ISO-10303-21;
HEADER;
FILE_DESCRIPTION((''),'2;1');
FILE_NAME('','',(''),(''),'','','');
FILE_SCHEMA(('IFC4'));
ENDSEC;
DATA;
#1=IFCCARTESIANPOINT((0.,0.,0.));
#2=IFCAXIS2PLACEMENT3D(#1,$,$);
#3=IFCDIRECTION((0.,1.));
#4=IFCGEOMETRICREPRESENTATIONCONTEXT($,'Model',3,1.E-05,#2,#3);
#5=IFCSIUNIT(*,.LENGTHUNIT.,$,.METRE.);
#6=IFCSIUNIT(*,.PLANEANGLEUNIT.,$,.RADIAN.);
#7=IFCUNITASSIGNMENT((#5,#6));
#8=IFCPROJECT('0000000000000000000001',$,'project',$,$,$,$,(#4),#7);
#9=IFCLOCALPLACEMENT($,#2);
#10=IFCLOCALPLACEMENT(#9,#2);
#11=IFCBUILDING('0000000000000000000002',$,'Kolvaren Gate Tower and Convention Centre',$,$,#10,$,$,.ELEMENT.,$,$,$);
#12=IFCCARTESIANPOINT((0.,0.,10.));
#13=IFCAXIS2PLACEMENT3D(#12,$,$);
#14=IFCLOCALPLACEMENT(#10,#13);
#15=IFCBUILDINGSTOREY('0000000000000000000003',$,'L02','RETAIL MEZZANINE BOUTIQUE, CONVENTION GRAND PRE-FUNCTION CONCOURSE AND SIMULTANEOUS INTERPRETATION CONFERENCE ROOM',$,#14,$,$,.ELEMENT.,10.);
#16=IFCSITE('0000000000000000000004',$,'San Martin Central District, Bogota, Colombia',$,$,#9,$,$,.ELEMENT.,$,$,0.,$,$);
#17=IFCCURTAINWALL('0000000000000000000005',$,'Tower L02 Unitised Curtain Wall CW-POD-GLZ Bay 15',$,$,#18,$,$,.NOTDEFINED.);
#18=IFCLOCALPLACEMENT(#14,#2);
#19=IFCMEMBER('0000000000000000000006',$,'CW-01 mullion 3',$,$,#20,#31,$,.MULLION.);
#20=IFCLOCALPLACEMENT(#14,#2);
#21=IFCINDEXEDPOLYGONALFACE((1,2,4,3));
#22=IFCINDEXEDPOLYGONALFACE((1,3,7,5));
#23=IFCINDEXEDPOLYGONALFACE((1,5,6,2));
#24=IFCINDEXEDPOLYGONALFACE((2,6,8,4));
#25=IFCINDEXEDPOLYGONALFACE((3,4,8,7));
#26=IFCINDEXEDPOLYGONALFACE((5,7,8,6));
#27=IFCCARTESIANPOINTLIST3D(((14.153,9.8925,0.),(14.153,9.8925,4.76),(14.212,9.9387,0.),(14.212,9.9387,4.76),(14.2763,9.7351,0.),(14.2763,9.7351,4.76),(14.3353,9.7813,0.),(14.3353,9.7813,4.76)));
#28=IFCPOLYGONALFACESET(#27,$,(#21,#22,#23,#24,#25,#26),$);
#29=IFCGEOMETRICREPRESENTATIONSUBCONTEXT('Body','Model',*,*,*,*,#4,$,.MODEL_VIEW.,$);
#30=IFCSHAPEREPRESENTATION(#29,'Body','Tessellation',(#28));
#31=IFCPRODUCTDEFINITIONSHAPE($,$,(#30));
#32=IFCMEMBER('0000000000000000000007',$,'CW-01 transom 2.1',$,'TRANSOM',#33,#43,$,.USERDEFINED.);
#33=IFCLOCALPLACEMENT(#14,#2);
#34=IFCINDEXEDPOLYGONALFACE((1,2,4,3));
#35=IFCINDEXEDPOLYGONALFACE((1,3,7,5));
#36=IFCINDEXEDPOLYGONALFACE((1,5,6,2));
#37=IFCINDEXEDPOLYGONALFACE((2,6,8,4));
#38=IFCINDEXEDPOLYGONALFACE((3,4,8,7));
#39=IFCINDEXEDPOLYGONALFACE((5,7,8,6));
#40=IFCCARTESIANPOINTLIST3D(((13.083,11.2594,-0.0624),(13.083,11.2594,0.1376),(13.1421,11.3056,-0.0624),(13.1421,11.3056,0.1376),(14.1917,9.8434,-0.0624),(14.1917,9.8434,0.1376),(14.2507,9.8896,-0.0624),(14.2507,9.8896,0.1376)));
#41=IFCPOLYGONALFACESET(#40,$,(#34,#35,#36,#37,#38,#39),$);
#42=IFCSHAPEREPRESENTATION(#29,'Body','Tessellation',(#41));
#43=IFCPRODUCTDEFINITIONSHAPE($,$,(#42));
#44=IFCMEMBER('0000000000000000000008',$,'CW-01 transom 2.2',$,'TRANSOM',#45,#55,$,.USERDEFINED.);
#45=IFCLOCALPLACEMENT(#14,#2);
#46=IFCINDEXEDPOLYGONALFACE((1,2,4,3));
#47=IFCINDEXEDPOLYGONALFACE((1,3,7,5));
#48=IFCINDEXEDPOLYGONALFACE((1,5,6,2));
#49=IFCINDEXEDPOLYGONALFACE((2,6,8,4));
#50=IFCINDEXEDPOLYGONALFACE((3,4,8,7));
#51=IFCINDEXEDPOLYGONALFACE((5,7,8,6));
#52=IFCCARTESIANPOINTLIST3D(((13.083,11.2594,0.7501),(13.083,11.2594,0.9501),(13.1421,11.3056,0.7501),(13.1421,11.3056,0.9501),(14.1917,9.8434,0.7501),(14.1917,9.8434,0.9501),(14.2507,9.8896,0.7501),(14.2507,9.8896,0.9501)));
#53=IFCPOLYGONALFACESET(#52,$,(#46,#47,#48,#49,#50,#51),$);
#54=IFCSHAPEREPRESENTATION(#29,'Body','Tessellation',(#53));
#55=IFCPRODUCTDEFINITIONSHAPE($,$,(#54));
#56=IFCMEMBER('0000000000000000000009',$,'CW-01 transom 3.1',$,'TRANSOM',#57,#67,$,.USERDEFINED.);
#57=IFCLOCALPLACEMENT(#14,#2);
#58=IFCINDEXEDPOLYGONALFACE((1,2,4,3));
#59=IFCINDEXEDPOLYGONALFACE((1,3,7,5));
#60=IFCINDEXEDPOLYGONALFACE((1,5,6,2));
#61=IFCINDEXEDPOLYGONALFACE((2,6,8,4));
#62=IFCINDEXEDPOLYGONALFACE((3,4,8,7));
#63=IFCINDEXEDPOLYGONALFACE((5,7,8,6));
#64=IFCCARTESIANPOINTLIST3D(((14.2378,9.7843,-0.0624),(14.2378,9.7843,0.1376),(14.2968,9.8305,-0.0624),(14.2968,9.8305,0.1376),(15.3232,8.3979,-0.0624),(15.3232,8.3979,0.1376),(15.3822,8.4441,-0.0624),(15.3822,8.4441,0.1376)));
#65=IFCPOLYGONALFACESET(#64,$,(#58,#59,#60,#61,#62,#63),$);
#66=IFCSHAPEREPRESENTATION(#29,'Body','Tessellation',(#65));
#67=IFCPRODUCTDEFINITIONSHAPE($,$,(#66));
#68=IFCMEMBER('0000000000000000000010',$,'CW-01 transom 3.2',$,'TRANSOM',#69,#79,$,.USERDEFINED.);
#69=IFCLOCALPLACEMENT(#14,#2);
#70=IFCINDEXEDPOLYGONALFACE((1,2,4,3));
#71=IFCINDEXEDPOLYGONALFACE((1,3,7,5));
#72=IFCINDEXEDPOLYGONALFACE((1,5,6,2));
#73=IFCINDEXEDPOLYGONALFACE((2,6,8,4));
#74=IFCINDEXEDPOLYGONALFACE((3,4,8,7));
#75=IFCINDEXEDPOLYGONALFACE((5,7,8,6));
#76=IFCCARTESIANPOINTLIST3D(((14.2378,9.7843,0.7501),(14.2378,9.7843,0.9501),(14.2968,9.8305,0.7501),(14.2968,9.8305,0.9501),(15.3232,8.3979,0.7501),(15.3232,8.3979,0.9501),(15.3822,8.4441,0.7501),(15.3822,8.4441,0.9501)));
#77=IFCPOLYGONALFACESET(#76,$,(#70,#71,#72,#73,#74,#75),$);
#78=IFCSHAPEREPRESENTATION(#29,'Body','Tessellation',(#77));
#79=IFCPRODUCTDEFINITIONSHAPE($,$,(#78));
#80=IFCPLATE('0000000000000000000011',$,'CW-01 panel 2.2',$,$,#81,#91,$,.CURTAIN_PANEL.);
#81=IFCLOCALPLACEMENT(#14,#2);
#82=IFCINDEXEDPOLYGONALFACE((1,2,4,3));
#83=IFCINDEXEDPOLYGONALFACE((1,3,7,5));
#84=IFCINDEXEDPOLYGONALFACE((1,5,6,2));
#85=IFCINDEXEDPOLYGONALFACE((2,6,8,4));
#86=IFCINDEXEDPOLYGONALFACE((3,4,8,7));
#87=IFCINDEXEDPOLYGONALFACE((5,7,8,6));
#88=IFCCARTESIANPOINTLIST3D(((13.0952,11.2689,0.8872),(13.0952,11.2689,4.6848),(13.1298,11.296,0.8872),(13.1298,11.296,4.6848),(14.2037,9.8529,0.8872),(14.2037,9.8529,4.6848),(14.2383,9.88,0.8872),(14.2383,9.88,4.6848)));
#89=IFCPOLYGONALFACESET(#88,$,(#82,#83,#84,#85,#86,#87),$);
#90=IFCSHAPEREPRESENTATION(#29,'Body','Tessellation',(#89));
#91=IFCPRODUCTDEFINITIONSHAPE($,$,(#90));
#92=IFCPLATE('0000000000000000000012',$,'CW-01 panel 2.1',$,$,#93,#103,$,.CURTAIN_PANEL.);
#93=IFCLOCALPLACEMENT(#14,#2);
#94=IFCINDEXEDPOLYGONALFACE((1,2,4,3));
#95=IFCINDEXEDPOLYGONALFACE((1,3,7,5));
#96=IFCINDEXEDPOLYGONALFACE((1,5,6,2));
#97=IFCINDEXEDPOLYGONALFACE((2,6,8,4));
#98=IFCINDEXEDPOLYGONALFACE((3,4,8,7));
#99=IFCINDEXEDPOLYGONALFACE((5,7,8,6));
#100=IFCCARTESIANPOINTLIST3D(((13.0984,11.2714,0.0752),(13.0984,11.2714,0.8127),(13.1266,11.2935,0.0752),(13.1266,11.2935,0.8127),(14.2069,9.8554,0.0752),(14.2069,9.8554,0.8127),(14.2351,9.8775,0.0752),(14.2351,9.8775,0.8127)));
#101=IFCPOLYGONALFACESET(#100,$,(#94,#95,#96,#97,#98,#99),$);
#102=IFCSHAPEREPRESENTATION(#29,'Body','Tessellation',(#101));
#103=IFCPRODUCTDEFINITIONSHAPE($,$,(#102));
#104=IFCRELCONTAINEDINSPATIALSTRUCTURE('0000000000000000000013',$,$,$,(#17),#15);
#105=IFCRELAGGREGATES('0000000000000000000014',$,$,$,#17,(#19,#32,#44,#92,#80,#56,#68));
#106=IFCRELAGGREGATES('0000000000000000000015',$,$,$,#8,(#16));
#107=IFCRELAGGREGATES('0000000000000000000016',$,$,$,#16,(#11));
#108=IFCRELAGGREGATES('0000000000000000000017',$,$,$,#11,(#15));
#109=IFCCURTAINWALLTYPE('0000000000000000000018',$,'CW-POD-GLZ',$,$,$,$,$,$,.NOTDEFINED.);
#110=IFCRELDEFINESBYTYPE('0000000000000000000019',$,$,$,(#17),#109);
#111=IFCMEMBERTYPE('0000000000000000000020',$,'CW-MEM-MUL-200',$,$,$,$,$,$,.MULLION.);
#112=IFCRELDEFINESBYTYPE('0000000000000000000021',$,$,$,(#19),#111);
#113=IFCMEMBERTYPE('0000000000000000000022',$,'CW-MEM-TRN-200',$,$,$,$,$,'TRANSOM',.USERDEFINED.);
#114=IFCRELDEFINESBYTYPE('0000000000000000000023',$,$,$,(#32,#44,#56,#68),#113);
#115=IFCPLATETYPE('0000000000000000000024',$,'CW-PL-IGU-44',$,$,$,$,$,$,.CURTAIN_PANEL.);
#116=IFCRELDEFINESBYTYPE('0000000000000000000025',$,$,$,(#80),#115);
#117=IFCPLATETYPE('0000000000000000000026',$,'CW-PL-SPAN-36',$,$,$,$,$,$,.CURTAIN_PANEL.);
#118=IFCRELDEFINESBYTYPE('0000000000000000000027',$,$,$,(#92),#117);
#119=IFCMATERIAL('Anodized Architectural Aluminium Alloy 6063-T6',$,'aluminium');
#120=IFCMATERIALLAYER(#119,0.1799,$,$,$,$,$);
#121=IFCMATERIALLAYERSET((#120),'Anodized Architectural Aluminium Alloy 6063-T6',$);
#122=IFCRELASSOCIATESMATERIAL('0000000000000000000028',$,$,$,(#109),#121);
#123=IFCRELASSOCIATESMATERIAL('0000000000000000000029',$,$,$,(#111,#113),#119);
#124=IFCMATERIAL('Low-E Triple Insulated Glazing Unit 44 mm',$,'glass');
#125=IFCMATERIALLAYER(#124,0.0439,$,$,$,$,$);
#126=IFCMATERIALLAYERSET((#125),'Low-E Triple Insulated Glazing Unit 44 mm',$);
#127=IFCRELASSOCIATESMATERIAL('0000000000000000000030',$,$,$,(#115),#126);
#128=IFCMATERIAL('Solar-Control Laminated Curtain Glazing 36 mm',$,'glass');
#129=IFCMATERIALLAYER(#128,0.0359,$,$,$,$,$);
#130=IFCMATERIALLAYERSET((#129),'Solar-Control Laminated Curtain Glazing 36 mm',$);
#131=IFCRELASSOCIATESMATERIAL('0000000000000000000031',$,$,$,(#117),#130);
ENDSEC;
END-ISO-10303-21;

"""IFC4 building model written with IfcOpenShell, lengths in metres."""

from ifc_helpers import new_model, si_unit, direction, frame, origin, origin_2d, place, context, subcontext, project, spatial, rectangle, extrude, material, layer, layer_set, material_profile, profile_set, type_object, element, aggregate, save


model = new_model("IFC4")

# Units and contexts
model_context = context("Model", 3, precision=1e-05, world=origin(), true_north=direction((0.0, 1.0)))
body_context = subcontext(model_context, "Body", "Model", "MODEL_VIEW")
ifc_project = project(units=[si_unit("LENGTHUNIT", "METRE"), si_unit("PLANEANGLEUNIT", "RADIAN")], contexts=[model_context])

# Site, building, storey
site_placement = place(None, origin())
site = spatial("IfcSite", under=ifc_project, at=site_placement, Name="San Martin Central District, Bogota, Colombia", CompositionType="ELEMENT", RefElevation=0.0)
building_placement = place(site_placement, origin())
building = spatial("IfcBuilding", under=site, at=building_placement, Name="Kolvaren Gate Tower and Convention Centre", CompositionType="ELEMENT")
storey_placement = place(building_placement, frame((0.0, 0.0, 10.0)))
storey = spatial("IfcBuildingStorey", under=building, at=storey_placement, Name="L02", Description="RETAIL MEZZANINE BOUTIQUE, CONVENTION GRAND PRE-FUNCTION CONCOURSE AND SIMULTANEOUS INTERPRETATION CONFERENCE ROOM", CompositionType="ELEMENT", Elevation=10.0)

# Curtain wall, members, plates
ifc_material_1 = material(Name="Anodized Architectural Aluminium Alloy 6063-T6", Category="aluminium")
ifc_layer_1 = layer(ifc_material_1, 0.1799)
ifc_layer_set_1 = layer_set([ifc_layer_1], Name="Anodized Architectural Aluminium Alloy 6063-T6")
curtain_wall_type = type_object("IfcCurtainWallType", Name="CW-POD-GLZ", PredefinedType="NOTDEFINED", material=ifc_layer_set_1)
curtain_wall_placement = place(storey_placement, origin())
curtain_wall = element("IfcCurtainWall", 1, at=curtain_wall_placement, inside=storey, type_object=curtain_wall_type, Name="Tower L02 Unitised Curtain Wall CW-POD-GLZ Bay 15", PredefinedType="NOTDEFINED")
ifc_material_profile_1 = material_profile(ifc_material_1, rectangle(XDim=0.075, YDim=0.2, at=origin_2d()), Name="CW-MEM-MUL-200")
ifc_profile_set_1 = profile_set([ifc_material_profile_1], Name="Anodized Architectural Aluminium Alloy 6063-T6")
member_type_1 = type_object("IfcMemberType", Name="CW-MEM-MUL-200", PredefinedType="MULLION", material=ifc_profile_set_1)
member_1_placement = place(storey_placement, frame((14.2441, 9.8369, 0.0), z_axis=(0.0, 0.0, 1.0), x_axis=(0.787417, 0.616421, 0.0)))
member_1 = element("IfcMember", 2, at=member_1_placement, type_object=member_type_1, Name="CW-01 mullion 3", PredefinedType="MULLION", context=body_context, shape_type="SweptSolid", body=[
    extrude(rectangle(XDim=0.075, YDim=0.2, at=origin_2d()), origin(), (0.0, 0.0, 1.0), 4.76),
])
ifc_material_profile_2 = material_profile(ifc_material_1, rectangle(XDim=0.075, YDim=0.2, at=origin_2d()), Name="CW-MEM-TRN-200")
ifc_profile_set_2 = profile_set([ifc_material_profile_2], Name="Anodized Architectural Aluminium Alloy 6063-T6")
member_type_2 = type_object("IfcMemberType", Name="CW-MEM-TRN-200", ElementType="TRANSOM", PredefinedType="USERDEFINED", material=ifc_profile_set_2)
member_2_placement = place(storey_placement, frame((13.1125, 11.2825, 0.0376), z_axis=(0.616466, -0.787382, 0.0), x_axis=(0.787382, 0.616466, 0.0)))
member_2 = element("IfcMember", 3, at=member_2_placement, type_object=member_type_2, Name="CW-01 transom 2.1", ObjectType="TRANSOM", PredefinedType="USERDEFINED", context=body_context, shape_type="SweptSolid", body=[
    extrude(rectangle(XDim=0.075, YDim=0.2, at=origin_2d()), origin(), (0.0, 0.0, 1.0), 1.7983),
])
member_3_placement = place(storey_placement, frame((13.1125, 11.2825, 0.8501), z_axis=(0.616466, -0.787382, 0.0), x_axis=(0.787382, 0.616466, 0.0)))
member_3 = element("IfcMember", 4, at=member_3_placement, type_object=member_type_2, Name="CW-01 transom 2.2", ObjectType="TRANSOM", PredefinedType="USERDEFINED", context=body_context, shape_type="SweptSolid", body=[
    extrude(rectangle(XDim=0.075, YDim=0.2, at=origin_2d()), origin(), (0.0, 0.0, 1.0), 1.7983),
])
member_4_placement = place(storey_placement, frame((14.2673, 9.8074, 0.0376), z_axis=(0.616443, -0.7874, 0.0), x_axis=(0.7874, 0.616443, 0.0)))
member_4 = element("IfcMember", 5, at=member_4_placement, type_object=member_type_2, Name="CW-01 transom 3.1", ObjectType="TRANSOM", PredefinedType="USERDEFINED", context=body_context, shape_type="SweptSolid", body=[
    extrude(rectangle(XDim=0.075, YDim=0.2, at=origin_2d()), origin(), (0.0, 0.0, 1.0), 1.7607),
])
member_5_placement = place(storey_placement, frame((14.2673, 9.8074, 0.8501), z_axis=(0.616443, -0.7874, 0.0), x_axis=(0.7874, 0.616443, 0.0)))
member_5 = element("IfcMember", 6, at=member_5_placement, type_object=member_type_2, Name="CW-01 transom 3.2", ObjectType="TRANSOM", PredefinedType="USERDEFINED", context=body_context, shape_type="SweptSolid", body=[
    extrude(rectangle(XDim=0.075, YDim=0.2, at=origin_2d()), origin(), (0.0, 0.0, 1.0), 1.7607),
])
ifc_material_2 = material(Name="Low-E Triple Insulated Glazing Unit 44 mm", Category="glass")
ifc_layer_2 = layer(ifc_material_2, 0.0439)
ifc_layer_set_2 = layer_set([ifc_layer_2], Name="Low-E Triple Insulated Glazing Unit 44 mm")
plate_type_1 = type_object("IfcPlateType", Name="CW-PL-IGU-44", PredefinedType="CURTAIN_PANEL", material=ifc_layer_set_2)
plate_1_placement = place(storey_placement, frame((13.6667, 10.5745, 0.8872), z_axis=(0.0, 0.0, 1.0), x_axis=(0.616421, -0.787417, 0.0)))
plate_1 = element("IfcPlate", 7, at=plate_1_placement, type_object=plate_type_1, Name="CW-01 panel 2.2", PredefinedType="CURTAIN_PANEL", context=body_context, shape_type="SweptSolid", body=[
    extrude(rectangle(XDim=1.7983, YDim=0.0439, at=origin_2d()), origin(), (0.0, 0.0, 1.0), 3.7976),
])
ifc_material_3 = material(Name="Solar-Control Laminated Curtain Glazing 36 mm", Category="glass")
ifc_layer_3 = layer(ifc_material_3, 0.0359)
ifc_layer_set_3 = layer_set([ifc_layer_3], Name="Solar-Control Laminated Curtain Glazing 36 mm")
plate_type_2 = type_object("IfcPlateType", Name="CW-PL-SPAN-36", PredefinedType="CURTAIN_PANEL", material=ifc_layer_set_3)
plate_2_placement = place(storey_placement, frame((13.6667, 10.5745, 0.0752), z_axis=(0.0, 0.0, 1.0), x_axis=(0.616421, -0.787417, 0.0)))
plate_2 = element("IfcPlate", 8, at=plate_2_placement, type_object=plate_type_2, Name="CW-01 panel 2.1", PredefinedType="CURTAIN_PANEL", context=body_context, shape_type="SweptSolid", body=[
    extrude(rectangle(XDim=1.7983, YDim=0.0359, at=origin_2d()), origin(), (0.0, 0.0, 1.0), 0.7375),
])
aggregate(curtain_wall, [member_1, member_2, member_3, plate_2, plate_1, member_4, member_5])

save(model, "model.ifc")
